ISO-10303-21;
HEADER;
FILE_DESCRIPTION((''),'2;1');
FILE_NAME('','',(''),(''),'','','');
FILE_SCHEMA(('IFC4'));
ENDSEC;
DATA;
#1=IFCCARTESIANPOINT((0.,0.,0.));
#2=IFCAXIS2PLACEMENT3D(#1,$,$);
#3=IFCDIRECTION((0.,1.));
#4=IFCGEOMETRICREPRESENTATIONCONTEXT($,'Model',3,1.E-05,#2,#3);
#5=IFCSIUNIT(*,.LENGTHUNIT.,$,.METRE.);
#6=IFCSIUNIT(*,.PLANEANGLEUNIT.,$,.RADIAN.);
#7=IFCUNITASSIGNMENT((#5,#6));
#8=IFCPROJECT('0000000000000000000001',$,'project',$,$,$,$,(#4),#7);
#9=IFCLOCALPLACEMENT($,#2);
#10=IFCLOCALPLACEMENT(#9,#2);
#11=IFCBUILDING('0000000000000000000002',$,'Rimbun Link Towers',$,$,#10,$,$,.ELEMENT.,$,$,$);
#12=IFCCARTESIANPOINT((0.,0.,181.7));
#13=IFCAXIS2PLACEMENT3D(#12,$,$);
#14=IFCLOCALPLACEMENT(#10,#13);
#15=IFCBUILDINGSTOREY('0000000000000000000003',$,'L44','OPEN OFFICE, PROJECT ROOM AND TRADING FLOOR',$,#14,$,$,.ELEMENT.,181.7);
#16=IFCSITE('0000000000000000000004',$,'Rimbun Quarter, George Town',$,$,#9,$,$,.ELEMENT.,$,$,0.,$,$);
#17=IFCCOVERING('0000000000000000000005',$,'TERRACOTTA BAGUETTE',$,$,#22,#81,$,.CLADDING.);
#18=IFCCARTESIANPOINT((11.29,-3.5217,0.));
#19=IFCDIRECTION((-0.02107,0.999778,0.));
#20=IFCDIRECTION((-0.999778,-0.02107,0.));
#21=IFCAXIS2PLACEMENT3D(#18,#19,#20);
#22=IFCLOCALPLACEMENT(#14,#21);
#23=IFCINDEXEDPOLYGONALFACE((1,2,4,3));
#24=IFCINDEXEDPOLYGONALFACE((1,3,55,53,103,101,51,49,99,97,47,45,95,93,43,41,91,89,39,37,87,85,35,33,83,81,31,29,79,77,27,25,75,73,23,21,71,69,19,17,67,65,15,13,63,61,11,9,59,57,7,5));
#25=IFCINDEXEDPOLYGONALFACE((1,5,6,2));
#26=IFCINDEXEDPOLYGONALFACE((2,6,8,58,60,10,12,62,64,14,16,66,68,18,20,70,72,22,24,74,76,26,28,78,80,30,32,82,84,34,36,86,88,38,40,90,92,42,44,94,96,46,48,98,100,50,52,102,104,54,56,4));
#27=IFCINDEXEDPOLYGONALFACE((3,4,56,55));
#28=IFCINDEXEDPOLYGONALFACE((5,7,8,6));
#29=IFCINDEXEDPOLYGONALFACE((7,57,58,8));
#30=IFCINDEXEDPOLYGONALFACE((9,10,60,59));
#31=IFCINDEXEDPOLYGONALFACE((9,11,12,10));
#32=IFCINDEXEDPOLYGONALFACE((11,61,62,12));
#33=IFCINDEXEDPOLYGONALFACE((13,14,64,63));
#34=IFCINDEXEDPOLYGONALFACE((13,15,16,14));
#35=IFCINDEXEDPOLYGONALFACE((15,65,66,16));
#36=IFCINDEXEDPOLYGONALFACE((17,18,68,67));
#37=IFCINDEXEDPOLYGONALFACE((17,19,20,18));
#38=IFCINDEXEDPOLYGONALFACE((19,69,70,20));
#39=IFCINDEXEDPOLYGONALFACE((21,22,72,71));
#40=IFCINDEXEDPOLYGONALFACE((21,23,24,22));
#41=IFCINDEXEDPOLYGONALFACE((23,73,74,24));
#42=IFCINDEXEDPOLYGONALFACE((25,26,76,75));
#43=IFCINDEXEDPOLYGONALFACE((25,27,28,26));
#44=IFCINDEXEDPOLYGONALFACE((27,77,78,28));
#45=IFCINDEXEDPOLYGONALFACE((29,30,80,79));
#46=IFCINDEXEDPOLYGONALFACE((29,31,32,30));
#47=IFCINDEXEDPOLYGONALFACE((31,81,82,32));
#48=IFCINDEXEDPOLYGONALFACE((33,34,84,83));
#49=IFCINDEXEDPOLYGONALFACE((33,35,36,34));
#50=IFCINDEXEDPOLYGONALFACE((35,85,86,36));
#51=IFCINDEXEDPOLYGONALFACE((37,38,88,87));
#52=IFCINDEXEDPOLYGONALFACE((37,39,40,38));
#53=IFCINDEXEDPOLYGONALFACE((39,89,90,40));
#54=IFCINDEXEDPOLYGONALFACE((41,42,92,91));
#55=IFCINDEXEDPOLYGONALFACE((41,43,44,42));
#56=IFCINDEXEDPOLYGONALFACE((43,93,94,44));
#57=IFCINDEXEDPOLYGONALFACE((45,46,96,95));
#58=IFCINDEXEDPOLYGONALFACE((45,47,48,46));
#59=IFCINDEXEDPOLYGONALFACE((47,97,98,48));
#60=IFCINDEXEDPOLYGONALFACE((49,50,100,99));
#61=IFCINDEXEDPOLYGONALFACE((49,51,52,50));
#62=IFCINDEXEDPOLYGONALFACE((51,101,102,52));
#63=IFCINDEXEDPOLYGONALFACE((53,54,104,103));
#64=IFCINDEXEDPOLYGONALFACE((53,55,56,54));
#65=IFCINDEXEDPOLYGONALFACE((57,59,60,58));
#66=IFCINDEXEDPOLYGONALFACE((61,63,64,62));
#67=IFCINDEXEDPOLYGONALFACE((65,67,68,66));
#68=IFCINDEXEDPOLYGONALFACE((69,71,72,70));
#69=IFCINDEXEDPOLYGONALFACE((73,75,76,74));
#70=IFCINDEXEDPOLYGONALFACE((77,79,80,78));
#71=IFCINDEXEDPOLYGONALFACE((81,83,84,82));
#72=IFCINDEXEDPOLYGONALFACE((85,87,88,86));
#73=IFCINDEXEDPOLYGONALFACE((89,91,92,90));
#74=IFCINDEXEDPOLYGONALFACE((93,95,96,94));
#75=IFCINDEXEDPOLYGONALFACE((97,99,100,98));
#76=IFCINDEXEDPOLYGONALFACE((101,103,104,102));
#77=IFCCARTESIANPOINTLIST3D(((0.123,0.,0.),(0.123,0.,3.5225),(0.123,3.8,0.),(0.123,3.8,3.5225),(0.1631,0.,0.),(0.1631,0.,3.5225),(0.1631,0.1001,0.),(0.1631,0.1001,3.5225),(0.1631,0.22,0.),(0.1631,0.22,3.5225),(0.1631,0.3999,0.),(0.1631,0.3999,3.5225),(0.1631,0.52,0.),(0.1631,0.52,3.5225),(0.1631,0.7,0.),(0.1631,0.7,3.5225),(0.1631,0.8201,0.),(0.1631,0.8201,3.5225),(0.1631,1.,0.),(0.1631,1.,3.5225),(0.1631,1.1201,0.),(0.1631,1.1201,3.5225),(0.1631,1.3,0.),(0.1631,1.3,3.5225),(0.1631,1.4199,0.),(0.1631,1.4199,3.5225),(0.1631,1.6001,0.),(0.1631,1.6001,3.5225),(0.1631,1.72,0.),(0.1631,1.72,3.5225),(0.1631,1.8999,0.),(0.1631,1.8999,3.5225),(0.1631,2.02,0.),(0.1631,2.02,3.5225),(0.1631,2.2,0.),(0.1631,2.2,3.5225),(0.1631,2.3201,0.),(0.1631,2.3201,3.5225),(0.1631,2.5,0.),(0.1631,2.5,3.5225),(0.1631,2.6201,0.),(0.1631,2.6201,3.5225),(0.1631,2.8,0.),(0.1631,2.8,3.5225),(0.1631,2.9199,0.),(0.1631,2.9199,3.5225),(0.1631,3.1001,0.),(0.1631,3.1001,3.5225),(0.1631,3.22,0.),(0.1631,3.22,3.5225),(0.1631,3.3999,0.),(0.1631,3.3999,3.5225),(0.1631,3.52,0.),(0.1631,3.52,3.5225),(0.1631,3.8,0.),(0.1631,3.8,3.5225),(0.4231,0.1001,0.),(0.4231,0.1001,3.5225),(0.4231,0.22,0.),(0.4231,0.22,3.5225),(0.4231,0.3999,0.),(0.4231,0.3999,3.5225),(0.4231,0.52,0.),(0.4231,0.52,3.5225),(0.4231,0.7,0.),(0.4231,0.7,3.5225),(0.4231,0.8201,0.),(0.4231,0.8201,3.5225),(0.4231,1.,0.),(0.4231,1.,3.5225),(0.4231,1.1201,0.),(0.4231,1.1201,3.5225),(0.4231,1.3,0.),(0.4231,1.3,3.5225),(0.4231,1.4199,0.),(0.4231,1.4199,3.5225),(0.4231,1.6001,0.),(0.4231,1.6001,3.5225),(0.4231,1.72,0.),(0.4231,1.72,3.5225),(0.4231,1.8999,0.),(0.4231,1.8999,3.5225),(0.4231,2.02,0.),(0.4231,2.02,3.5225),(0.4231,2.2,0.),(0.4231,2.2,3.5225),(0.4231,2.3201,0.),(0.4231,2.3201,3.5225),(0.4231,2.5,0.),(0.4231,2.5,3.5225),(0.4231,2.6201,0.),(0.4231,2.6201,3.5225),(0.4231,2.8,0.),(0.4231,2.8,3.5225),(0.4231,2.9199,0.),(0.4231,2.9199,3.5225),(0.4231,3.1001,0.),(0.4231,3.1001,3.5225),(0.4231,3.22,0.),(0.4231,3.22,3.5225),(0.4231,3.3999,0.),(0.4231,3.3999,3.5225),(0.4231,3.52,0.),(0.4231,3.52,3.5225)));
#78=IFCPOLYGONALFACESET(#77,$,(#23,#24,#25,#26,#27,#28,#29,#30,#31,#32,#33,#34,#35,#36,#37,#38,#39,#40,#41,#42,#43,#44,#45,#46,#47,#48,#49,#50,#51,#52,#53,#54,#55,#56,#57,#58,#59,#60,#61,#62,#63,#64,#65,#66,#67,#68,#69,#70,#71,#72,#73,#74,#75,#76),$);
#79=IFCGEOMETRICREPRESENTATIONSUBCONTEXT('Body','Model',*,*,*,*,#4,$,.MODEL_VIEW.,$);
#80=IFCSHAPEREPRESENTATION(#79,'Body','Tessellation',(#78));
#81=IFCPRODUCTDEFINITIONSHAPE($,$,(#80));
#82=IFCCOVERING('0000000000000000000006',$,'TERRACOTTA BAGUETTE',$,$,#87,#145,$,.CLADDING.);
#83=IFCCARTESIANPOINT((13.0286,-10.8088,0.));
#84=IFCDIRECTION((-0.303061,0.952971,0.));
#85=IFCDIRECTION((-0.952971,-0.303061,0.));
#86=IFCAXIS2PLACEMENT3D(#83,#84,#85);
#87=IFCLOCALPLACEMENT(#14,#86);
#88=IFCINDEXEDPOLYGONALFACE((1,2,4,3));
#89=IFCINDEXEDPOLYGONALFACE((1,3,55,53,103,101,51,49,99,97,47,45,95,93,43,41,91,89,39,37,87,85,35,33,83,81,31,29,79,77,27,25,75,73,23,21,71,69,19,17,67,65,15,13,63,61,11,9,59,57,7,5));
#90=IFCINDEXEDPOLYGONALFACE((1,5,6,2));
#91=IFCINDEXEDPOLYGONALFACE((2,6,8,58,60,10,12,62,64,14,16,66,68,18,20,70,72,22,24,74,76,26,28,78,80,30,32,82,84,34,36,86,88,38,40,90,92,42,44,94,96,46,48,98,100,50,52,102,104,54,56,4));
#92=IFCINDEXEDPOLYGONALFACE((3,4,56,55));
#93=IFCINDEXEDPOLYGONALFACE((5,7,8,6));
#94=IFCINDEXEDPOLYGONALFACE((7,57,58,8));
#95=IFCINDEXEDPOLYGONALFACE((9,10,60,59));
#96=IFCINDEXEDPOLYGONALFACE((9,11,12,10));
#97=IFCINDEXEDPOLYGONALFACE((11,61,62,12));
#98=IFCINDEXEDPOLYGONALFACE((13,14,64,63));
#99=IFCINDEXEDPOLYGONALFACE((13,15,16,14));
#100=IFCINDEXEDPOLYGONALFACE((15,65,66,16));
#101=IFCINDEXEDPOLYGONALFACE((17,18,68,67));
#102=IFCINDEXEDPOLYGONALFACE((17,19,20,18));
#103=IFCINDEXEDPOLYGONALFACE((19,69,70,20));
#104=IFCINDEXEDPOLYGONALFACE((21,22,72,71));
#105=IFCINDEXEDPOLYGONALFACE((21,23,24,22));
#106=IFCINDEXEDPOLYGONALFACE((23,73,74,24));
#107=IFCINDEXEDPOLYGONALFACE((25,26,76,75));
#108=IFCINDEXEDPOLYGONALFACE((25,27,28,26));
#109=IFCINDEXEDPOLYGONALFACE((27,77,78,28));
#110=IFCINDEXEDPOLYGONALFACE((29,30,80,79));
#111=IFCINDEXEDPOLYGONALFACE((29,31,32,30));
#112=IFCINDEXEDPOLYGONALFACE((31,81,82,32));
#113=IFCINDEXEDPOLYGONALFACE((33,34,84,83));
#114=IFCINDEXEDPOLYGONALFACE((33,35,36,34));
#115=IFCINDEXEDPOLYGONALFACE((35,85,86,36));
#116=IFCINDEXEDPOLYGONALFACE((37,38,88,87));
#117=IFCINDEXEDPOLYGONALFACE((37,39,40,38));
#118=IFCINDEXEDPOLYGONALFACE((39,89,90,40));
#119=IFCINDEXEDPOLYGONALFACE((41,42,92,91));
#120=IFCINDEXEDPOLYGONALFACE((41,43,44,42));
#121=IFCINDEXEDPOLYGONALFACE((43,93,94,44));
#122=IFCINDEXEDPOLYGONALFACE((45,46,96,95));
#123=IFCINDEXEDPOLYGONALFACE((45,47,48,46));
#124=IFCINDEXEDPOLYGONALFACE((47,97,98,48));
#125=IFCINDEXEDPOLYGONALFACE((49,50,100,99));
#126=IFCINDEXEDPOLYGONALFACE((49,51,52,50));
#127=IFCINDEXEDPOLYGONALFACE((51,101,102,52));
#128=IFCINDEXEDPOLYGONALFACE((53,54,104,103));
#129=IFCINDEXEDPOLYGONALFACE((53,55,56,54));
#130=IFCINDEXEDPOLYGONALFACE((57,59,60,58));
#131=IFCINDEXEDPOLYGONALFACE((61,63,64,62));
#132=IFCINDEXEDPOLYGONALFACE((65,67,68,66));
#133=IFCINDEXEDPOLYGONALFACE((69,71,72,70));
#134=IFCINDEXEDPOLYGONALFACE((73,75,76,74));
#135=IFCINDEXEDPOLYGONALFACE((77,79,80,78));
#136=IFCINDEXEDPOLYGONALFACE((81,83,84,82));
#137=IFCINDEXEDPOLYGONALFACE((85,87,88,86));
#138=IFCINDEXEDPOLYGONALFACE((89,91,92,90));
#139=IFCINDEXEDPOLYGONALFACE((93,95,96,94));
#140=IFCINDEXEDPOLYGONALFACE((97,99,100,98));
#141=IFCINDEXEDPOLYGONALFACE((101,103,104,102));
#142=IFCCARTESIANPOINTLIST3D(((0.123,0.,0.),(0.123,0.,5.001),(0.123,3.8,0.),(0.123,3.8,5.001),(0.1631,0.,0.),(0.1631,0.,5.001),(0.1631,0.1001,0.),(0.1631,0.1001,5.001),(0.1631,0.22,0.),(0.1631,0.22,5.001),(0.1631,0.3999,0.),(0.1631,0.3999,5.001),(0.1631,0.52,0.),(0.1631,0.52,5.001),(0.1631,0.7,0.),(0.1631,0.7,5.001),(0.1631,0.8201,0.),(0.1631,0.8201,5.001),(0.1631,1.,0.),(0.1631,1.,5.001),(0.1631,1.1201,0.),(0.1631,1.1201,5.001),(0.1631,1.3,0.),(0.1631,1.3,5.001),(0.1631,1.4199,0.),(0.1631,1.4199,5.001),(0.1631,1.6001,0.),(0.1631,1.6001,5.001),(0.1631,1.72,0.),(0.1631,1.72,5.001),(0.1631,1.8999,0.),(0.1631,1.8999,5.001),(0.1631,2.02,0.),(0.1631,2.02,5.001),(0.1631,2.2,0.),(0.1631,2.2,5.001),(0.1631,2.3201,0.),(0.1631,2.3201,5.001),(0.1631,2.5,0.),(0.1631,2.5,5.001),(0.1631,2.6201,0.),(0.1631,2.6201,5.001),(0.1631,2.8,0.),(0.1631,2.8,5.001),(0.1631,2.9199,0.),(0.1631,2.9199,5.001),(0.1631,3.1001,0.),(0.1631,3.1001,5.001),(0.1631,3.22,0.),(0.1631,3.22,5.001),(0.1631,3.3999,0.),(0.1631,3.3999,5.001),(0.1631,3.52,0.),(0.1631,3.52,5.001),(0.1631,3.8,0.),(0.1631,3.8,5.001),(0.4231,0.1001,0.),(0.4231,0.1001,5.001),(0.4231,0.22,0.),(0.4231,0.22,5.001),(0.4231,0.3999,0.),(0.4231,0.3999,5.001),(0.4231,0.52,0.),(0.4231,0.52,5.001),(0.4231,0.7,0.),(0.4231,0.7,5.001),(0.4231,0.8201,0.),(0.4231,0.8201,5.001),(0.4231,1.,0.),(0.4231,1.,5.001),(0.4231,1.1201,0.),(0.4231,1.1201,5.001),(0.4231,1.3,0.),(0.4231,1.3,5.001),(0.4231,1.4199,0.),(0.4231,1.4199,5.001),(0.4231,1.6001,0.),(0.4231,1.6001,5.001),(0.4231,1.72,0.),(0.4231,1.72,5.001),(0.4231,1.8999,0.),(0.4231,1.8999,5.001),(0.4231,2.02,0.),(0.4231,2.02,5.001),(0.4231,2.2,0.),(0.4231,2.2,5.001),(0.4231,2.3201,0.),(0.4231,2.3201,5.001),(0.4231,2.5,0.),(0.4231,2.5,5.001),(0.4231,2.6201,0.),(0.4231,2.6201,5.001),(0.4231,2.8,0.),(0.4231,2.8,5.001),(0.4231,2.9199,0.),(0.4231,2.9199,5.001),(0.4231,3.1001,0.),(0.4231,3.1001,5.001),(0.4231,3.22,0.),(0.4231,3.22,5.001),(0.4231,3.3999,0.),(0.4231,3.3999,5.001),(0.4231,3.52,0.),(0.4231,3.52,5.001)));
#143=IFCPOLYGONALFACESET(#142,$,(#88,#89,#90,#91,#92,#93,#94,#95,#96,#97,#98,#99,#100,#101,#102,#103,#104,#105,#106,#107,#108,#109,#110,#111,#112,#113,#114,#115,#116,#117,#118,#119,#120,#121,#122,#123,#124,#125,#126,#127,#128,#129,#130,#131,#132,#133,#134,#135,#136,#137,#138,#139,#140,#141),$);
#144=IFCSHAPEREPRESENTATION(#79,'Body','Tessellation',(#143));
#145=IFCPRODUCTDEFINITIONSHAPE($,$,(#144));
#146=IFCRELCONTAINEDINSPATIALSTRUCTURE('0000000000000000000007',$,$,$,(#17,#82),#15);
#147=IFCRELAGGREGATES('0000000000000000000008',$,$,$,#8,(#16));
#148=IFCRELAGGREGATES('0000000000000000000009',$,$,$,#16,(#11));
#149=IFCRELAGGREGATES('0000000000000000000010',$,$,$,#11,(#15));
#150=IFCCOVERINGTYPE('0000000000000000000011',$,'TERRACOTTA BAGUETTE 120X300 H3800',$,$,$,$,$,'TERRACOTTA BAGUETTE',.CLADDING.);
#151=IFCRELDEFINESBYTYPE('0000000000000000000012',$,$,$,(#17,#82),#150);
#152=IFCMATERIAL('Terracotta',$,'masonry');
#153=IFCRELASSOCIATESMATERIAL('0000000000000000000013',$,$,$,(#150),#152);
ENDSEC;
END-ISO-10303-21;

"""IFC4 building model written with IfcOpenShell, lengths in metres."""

from ifc_helpers import new_model, si_unit, direction, frame, origin, place, context, subcontext, project, spatial, polyline, outline, extrude, material, material_profile, profile_set, type_object, element, save


model = new_model("IFC4")

# Units and contexts
model_context = context("Model", 3, precision=1e-05, world=origin(), true_north=direction((0.0, 1.0)))
body_context = subcontext(model_context, "Body", "Model", "MODEL_VIEW")
ifc_project = project(units=[si_unit("LENGTHUNIT", "METRE"), si_unit("PLANEANGLEUNIT", "RADIAN")], contexts=[model_context])

# Site, building, storey
site_placement = place(None, origin())
site = spatial("IfcSite", under=ifc_project, at=site_placement, Name="Rimbun Quarter, George Town", CompositionType="ELEMENT", RefElevation=0.0)
building_placement = place(site_placement, origin())
building = spatial("IfcBuilding", under=site, at=building_placement, Name="Rimbun Link Towers", CompositionType="ELEMENT")
storey_placement = place(building_placement, frame((0.0, 0.0, 181.7)))
storey = spatial("IfcBuildingStorey", under=building, at=storey_placement, Name="L44", Description="OPEN OFFICE, PROJECT ROOM AND TRADING FLOOR", CompositionType="ELEMENT", Elevation=181.7)

# Coverings
ifc_material_1 = material(Name="Terracotta", Category="masonry")
ifc_material_profile_1 = material_profile(ifc_material_1, outline(polyline([(0.123, 0.0), (0.1631, 0.0), (0.1631, 0.1001), (0.4231, 0.1001), (0.4231, 0.22), (0.1631, 0.22), (0.1631, 0.3999), (0.4231, 0.3999), (0.4231, 0.52), (0.1631, 0.52), (0.1631, 0.7), (0.4231, 0.7), (0.4231, 0.8201), (0.1631, 0.8201), (0.1631, 1.0), (0.4231, 1.0), (0.4231, 1.1201), (0.1631, 1.1201), (0.1631, 1.3), (0.4231, 1.3), (0.4231, 1.4199), (0.1631, 1.4199), (0.1631, 1.6001), (0.4231, 1.6001), (0.4231, 1.72), (0.1631, 1.72), (0.1631, 1.8999), (0.4231, 1.8999), (0.4231, 2.02), (0.1631, 2.02), (0.1631, 2.2), (0.4231, 2.2), (0.4231, 2.3201), (0.1631, 2.3201), (0.1631, 2.5), (0.4231, 2.5), (0.4231, 2.6201), (0.1631, 2.6201), (0.1631, 2.8), (0.4231, 2.8), (0.4231, 2.9199), (0.1631, 2.9199), (0.1631, 3.1001), (0.4231, 3.1001), (0.4231, 3.22), (0.1631, 3.22), (0.1631, 3.3999), (0.4231, 3.3999), (0.4231, 3.52), (0.1631, 3.52), (0.1631, 3.8), (0.123, 3.8), (0.123, 0.0)])), Name="BAGUETTE 120X300")
ifc_profile_set_1 = profile_set([ifc_material_profile_1], Name="Terracotta")
covering_type_1 = type_object("IfcCoveringType", Name="TERRACOTTA BAGUETTE 120X300 H3800", ElementType="TERRACOTTA BAGUETTE", PredefinedType="CLADDING", material=ifc_profile_set_1)
covering_1_placement = place(storey_placement, frame((11.29, -3.5217, 0.0), z_axis=(-0.02107, 0.999778, 0.0), x_axis=(-0.999778, -0.02107, 0.0)))
element("IfcCovering", 1, at=covering_1_placement, inside=storey, type_object=covering_type_1, Name="TERRACOTTA BAGUETTE", PredefinedType="CLADDING", context=body_context, shape_type="SweptSolid", body=[
    extrude(outline(polyline([(0.123, 0.0), (0.1631, 0.0), (0.1631, 0.1001), (0.4231, 0.1001), (0.4231, 0.22), (0.1631, 0.22), (0.1631, 0.3999), (0.4231, 0.3999), (0.4231, 0.52), (0.1631, 0.52), (0.1631, 0.7), (0.4231, 0.7), (0.4231, 0.8201), (0.1631, 0.8201), (0.1631, 1.0), (0.4231, 1.0), (0.4231, 1.1201), (0.1631, 1.1201), (0.1631, 1.3), (0.4231, 1.3), (0.4231, 1.4199), (0.1631, 1.4199), (0.1631, 1.6001), (0.4231, 1.6001), (0.4231, 1.72), (0.1631, 1.72), (0.1631, 1.8999), (0.4231, 1.8999), (0.4231, 2.02), (0.1631, 2.02), (0.1631, 2.2), (0.4231, 2.2), (0.4231, 2.3201), (0.1631, 2.3201), (0.1631, 2.5), (0.4231, 2.5), (0.4231, 2.6201), (0.1631, 2.6201), (0.1631, 2.8), (0.4231, 2.8), (0.4231, 2.9199), (0.1631, 2.9199), (0.1631, 3.1001), (0.4231, 3.1001), (0.4231, 3.22), (0.1631, 3.22), (0.1631, 3.3999), (0.4231, 3.3999), (0.4231, 3.52), (0.1631, 3.52), (0.1631, 3.8), (0.123, 3.8), (0.123, 0.0)])), origin(), (0.0, 0.0, 1.0), 3.5225),
])
covering_2_placement = place(storey_placement, frame((13.0286, -10.8088, 0.0), z_axis=(-0.303061, 0.952971, 0.0), x_axis=(-0.952971, -0.303061, 0.0)))
element("IfcCovering", 2, at=covering_2_placement, inside=storey, type_object=covering_type_1, Name="TERRACOTTA BAGUETTE", PredefinedType="CLADDING", context=body_context, shape_type="SweptSolid", body=[
    extrude(outline(polyline([(0.123, 0.0), (0.1631, 0.0), (0.1631, 0.1001), (0.4231, 0.1001), (0.4231, 0.22), (0.1631, 0.22), (0.1631, 0.3999), (0.4231, 0.3999), (0.4231, 0.52), (0.1631, 0.52), (0.1631, 0.7), (0.4231, 0.7), (0.4231, 0.8201), (0.1631, 0.8201), (0.1631, 1.0), (0.4231, 1.0), (0.4231, 1.1201), (0.1631, 1.1201), (0.1631, 1.3), (0.4231, 1.3), (0.4231, 1.4199), (0.1631, 1.4199), (0.1631, 1.6001), (0.4231, 1.6001), (0.4231, 1.72), (0.1631, 1.72), (0.1631, 1.8999), (0.4231, 1.8999), (0.4231, 2.02), (0.1631, 2.02), (0.1631, 2.2), (0.4231, 2.2), (0.4231, 2.3201), (0.1631, 2.3201), (0.1631, 2.5), (0.4231, 2.5), (0.4231, 2.6201), (0.1631, 2.6201), (0.1631, 2.8), (0.4231, 2.8), (0.4231, 2.9199), (0.1631, 2.9199), (0.1631, 3.1001), (0.4231, 3.1001), (0.4231, 3.22), (0.1631, 3.22), (0.1631, 3.3999), (0.4231, 3.3999), (0.4231, 3.52), (0.1631, 3.52), (0.1631, 3.8), (0.123, 3.8), (0.123, 0.0)])), origin(), (0.0, 0.0, 1.0), 5.001),
])

save(model, "model.ifc")
